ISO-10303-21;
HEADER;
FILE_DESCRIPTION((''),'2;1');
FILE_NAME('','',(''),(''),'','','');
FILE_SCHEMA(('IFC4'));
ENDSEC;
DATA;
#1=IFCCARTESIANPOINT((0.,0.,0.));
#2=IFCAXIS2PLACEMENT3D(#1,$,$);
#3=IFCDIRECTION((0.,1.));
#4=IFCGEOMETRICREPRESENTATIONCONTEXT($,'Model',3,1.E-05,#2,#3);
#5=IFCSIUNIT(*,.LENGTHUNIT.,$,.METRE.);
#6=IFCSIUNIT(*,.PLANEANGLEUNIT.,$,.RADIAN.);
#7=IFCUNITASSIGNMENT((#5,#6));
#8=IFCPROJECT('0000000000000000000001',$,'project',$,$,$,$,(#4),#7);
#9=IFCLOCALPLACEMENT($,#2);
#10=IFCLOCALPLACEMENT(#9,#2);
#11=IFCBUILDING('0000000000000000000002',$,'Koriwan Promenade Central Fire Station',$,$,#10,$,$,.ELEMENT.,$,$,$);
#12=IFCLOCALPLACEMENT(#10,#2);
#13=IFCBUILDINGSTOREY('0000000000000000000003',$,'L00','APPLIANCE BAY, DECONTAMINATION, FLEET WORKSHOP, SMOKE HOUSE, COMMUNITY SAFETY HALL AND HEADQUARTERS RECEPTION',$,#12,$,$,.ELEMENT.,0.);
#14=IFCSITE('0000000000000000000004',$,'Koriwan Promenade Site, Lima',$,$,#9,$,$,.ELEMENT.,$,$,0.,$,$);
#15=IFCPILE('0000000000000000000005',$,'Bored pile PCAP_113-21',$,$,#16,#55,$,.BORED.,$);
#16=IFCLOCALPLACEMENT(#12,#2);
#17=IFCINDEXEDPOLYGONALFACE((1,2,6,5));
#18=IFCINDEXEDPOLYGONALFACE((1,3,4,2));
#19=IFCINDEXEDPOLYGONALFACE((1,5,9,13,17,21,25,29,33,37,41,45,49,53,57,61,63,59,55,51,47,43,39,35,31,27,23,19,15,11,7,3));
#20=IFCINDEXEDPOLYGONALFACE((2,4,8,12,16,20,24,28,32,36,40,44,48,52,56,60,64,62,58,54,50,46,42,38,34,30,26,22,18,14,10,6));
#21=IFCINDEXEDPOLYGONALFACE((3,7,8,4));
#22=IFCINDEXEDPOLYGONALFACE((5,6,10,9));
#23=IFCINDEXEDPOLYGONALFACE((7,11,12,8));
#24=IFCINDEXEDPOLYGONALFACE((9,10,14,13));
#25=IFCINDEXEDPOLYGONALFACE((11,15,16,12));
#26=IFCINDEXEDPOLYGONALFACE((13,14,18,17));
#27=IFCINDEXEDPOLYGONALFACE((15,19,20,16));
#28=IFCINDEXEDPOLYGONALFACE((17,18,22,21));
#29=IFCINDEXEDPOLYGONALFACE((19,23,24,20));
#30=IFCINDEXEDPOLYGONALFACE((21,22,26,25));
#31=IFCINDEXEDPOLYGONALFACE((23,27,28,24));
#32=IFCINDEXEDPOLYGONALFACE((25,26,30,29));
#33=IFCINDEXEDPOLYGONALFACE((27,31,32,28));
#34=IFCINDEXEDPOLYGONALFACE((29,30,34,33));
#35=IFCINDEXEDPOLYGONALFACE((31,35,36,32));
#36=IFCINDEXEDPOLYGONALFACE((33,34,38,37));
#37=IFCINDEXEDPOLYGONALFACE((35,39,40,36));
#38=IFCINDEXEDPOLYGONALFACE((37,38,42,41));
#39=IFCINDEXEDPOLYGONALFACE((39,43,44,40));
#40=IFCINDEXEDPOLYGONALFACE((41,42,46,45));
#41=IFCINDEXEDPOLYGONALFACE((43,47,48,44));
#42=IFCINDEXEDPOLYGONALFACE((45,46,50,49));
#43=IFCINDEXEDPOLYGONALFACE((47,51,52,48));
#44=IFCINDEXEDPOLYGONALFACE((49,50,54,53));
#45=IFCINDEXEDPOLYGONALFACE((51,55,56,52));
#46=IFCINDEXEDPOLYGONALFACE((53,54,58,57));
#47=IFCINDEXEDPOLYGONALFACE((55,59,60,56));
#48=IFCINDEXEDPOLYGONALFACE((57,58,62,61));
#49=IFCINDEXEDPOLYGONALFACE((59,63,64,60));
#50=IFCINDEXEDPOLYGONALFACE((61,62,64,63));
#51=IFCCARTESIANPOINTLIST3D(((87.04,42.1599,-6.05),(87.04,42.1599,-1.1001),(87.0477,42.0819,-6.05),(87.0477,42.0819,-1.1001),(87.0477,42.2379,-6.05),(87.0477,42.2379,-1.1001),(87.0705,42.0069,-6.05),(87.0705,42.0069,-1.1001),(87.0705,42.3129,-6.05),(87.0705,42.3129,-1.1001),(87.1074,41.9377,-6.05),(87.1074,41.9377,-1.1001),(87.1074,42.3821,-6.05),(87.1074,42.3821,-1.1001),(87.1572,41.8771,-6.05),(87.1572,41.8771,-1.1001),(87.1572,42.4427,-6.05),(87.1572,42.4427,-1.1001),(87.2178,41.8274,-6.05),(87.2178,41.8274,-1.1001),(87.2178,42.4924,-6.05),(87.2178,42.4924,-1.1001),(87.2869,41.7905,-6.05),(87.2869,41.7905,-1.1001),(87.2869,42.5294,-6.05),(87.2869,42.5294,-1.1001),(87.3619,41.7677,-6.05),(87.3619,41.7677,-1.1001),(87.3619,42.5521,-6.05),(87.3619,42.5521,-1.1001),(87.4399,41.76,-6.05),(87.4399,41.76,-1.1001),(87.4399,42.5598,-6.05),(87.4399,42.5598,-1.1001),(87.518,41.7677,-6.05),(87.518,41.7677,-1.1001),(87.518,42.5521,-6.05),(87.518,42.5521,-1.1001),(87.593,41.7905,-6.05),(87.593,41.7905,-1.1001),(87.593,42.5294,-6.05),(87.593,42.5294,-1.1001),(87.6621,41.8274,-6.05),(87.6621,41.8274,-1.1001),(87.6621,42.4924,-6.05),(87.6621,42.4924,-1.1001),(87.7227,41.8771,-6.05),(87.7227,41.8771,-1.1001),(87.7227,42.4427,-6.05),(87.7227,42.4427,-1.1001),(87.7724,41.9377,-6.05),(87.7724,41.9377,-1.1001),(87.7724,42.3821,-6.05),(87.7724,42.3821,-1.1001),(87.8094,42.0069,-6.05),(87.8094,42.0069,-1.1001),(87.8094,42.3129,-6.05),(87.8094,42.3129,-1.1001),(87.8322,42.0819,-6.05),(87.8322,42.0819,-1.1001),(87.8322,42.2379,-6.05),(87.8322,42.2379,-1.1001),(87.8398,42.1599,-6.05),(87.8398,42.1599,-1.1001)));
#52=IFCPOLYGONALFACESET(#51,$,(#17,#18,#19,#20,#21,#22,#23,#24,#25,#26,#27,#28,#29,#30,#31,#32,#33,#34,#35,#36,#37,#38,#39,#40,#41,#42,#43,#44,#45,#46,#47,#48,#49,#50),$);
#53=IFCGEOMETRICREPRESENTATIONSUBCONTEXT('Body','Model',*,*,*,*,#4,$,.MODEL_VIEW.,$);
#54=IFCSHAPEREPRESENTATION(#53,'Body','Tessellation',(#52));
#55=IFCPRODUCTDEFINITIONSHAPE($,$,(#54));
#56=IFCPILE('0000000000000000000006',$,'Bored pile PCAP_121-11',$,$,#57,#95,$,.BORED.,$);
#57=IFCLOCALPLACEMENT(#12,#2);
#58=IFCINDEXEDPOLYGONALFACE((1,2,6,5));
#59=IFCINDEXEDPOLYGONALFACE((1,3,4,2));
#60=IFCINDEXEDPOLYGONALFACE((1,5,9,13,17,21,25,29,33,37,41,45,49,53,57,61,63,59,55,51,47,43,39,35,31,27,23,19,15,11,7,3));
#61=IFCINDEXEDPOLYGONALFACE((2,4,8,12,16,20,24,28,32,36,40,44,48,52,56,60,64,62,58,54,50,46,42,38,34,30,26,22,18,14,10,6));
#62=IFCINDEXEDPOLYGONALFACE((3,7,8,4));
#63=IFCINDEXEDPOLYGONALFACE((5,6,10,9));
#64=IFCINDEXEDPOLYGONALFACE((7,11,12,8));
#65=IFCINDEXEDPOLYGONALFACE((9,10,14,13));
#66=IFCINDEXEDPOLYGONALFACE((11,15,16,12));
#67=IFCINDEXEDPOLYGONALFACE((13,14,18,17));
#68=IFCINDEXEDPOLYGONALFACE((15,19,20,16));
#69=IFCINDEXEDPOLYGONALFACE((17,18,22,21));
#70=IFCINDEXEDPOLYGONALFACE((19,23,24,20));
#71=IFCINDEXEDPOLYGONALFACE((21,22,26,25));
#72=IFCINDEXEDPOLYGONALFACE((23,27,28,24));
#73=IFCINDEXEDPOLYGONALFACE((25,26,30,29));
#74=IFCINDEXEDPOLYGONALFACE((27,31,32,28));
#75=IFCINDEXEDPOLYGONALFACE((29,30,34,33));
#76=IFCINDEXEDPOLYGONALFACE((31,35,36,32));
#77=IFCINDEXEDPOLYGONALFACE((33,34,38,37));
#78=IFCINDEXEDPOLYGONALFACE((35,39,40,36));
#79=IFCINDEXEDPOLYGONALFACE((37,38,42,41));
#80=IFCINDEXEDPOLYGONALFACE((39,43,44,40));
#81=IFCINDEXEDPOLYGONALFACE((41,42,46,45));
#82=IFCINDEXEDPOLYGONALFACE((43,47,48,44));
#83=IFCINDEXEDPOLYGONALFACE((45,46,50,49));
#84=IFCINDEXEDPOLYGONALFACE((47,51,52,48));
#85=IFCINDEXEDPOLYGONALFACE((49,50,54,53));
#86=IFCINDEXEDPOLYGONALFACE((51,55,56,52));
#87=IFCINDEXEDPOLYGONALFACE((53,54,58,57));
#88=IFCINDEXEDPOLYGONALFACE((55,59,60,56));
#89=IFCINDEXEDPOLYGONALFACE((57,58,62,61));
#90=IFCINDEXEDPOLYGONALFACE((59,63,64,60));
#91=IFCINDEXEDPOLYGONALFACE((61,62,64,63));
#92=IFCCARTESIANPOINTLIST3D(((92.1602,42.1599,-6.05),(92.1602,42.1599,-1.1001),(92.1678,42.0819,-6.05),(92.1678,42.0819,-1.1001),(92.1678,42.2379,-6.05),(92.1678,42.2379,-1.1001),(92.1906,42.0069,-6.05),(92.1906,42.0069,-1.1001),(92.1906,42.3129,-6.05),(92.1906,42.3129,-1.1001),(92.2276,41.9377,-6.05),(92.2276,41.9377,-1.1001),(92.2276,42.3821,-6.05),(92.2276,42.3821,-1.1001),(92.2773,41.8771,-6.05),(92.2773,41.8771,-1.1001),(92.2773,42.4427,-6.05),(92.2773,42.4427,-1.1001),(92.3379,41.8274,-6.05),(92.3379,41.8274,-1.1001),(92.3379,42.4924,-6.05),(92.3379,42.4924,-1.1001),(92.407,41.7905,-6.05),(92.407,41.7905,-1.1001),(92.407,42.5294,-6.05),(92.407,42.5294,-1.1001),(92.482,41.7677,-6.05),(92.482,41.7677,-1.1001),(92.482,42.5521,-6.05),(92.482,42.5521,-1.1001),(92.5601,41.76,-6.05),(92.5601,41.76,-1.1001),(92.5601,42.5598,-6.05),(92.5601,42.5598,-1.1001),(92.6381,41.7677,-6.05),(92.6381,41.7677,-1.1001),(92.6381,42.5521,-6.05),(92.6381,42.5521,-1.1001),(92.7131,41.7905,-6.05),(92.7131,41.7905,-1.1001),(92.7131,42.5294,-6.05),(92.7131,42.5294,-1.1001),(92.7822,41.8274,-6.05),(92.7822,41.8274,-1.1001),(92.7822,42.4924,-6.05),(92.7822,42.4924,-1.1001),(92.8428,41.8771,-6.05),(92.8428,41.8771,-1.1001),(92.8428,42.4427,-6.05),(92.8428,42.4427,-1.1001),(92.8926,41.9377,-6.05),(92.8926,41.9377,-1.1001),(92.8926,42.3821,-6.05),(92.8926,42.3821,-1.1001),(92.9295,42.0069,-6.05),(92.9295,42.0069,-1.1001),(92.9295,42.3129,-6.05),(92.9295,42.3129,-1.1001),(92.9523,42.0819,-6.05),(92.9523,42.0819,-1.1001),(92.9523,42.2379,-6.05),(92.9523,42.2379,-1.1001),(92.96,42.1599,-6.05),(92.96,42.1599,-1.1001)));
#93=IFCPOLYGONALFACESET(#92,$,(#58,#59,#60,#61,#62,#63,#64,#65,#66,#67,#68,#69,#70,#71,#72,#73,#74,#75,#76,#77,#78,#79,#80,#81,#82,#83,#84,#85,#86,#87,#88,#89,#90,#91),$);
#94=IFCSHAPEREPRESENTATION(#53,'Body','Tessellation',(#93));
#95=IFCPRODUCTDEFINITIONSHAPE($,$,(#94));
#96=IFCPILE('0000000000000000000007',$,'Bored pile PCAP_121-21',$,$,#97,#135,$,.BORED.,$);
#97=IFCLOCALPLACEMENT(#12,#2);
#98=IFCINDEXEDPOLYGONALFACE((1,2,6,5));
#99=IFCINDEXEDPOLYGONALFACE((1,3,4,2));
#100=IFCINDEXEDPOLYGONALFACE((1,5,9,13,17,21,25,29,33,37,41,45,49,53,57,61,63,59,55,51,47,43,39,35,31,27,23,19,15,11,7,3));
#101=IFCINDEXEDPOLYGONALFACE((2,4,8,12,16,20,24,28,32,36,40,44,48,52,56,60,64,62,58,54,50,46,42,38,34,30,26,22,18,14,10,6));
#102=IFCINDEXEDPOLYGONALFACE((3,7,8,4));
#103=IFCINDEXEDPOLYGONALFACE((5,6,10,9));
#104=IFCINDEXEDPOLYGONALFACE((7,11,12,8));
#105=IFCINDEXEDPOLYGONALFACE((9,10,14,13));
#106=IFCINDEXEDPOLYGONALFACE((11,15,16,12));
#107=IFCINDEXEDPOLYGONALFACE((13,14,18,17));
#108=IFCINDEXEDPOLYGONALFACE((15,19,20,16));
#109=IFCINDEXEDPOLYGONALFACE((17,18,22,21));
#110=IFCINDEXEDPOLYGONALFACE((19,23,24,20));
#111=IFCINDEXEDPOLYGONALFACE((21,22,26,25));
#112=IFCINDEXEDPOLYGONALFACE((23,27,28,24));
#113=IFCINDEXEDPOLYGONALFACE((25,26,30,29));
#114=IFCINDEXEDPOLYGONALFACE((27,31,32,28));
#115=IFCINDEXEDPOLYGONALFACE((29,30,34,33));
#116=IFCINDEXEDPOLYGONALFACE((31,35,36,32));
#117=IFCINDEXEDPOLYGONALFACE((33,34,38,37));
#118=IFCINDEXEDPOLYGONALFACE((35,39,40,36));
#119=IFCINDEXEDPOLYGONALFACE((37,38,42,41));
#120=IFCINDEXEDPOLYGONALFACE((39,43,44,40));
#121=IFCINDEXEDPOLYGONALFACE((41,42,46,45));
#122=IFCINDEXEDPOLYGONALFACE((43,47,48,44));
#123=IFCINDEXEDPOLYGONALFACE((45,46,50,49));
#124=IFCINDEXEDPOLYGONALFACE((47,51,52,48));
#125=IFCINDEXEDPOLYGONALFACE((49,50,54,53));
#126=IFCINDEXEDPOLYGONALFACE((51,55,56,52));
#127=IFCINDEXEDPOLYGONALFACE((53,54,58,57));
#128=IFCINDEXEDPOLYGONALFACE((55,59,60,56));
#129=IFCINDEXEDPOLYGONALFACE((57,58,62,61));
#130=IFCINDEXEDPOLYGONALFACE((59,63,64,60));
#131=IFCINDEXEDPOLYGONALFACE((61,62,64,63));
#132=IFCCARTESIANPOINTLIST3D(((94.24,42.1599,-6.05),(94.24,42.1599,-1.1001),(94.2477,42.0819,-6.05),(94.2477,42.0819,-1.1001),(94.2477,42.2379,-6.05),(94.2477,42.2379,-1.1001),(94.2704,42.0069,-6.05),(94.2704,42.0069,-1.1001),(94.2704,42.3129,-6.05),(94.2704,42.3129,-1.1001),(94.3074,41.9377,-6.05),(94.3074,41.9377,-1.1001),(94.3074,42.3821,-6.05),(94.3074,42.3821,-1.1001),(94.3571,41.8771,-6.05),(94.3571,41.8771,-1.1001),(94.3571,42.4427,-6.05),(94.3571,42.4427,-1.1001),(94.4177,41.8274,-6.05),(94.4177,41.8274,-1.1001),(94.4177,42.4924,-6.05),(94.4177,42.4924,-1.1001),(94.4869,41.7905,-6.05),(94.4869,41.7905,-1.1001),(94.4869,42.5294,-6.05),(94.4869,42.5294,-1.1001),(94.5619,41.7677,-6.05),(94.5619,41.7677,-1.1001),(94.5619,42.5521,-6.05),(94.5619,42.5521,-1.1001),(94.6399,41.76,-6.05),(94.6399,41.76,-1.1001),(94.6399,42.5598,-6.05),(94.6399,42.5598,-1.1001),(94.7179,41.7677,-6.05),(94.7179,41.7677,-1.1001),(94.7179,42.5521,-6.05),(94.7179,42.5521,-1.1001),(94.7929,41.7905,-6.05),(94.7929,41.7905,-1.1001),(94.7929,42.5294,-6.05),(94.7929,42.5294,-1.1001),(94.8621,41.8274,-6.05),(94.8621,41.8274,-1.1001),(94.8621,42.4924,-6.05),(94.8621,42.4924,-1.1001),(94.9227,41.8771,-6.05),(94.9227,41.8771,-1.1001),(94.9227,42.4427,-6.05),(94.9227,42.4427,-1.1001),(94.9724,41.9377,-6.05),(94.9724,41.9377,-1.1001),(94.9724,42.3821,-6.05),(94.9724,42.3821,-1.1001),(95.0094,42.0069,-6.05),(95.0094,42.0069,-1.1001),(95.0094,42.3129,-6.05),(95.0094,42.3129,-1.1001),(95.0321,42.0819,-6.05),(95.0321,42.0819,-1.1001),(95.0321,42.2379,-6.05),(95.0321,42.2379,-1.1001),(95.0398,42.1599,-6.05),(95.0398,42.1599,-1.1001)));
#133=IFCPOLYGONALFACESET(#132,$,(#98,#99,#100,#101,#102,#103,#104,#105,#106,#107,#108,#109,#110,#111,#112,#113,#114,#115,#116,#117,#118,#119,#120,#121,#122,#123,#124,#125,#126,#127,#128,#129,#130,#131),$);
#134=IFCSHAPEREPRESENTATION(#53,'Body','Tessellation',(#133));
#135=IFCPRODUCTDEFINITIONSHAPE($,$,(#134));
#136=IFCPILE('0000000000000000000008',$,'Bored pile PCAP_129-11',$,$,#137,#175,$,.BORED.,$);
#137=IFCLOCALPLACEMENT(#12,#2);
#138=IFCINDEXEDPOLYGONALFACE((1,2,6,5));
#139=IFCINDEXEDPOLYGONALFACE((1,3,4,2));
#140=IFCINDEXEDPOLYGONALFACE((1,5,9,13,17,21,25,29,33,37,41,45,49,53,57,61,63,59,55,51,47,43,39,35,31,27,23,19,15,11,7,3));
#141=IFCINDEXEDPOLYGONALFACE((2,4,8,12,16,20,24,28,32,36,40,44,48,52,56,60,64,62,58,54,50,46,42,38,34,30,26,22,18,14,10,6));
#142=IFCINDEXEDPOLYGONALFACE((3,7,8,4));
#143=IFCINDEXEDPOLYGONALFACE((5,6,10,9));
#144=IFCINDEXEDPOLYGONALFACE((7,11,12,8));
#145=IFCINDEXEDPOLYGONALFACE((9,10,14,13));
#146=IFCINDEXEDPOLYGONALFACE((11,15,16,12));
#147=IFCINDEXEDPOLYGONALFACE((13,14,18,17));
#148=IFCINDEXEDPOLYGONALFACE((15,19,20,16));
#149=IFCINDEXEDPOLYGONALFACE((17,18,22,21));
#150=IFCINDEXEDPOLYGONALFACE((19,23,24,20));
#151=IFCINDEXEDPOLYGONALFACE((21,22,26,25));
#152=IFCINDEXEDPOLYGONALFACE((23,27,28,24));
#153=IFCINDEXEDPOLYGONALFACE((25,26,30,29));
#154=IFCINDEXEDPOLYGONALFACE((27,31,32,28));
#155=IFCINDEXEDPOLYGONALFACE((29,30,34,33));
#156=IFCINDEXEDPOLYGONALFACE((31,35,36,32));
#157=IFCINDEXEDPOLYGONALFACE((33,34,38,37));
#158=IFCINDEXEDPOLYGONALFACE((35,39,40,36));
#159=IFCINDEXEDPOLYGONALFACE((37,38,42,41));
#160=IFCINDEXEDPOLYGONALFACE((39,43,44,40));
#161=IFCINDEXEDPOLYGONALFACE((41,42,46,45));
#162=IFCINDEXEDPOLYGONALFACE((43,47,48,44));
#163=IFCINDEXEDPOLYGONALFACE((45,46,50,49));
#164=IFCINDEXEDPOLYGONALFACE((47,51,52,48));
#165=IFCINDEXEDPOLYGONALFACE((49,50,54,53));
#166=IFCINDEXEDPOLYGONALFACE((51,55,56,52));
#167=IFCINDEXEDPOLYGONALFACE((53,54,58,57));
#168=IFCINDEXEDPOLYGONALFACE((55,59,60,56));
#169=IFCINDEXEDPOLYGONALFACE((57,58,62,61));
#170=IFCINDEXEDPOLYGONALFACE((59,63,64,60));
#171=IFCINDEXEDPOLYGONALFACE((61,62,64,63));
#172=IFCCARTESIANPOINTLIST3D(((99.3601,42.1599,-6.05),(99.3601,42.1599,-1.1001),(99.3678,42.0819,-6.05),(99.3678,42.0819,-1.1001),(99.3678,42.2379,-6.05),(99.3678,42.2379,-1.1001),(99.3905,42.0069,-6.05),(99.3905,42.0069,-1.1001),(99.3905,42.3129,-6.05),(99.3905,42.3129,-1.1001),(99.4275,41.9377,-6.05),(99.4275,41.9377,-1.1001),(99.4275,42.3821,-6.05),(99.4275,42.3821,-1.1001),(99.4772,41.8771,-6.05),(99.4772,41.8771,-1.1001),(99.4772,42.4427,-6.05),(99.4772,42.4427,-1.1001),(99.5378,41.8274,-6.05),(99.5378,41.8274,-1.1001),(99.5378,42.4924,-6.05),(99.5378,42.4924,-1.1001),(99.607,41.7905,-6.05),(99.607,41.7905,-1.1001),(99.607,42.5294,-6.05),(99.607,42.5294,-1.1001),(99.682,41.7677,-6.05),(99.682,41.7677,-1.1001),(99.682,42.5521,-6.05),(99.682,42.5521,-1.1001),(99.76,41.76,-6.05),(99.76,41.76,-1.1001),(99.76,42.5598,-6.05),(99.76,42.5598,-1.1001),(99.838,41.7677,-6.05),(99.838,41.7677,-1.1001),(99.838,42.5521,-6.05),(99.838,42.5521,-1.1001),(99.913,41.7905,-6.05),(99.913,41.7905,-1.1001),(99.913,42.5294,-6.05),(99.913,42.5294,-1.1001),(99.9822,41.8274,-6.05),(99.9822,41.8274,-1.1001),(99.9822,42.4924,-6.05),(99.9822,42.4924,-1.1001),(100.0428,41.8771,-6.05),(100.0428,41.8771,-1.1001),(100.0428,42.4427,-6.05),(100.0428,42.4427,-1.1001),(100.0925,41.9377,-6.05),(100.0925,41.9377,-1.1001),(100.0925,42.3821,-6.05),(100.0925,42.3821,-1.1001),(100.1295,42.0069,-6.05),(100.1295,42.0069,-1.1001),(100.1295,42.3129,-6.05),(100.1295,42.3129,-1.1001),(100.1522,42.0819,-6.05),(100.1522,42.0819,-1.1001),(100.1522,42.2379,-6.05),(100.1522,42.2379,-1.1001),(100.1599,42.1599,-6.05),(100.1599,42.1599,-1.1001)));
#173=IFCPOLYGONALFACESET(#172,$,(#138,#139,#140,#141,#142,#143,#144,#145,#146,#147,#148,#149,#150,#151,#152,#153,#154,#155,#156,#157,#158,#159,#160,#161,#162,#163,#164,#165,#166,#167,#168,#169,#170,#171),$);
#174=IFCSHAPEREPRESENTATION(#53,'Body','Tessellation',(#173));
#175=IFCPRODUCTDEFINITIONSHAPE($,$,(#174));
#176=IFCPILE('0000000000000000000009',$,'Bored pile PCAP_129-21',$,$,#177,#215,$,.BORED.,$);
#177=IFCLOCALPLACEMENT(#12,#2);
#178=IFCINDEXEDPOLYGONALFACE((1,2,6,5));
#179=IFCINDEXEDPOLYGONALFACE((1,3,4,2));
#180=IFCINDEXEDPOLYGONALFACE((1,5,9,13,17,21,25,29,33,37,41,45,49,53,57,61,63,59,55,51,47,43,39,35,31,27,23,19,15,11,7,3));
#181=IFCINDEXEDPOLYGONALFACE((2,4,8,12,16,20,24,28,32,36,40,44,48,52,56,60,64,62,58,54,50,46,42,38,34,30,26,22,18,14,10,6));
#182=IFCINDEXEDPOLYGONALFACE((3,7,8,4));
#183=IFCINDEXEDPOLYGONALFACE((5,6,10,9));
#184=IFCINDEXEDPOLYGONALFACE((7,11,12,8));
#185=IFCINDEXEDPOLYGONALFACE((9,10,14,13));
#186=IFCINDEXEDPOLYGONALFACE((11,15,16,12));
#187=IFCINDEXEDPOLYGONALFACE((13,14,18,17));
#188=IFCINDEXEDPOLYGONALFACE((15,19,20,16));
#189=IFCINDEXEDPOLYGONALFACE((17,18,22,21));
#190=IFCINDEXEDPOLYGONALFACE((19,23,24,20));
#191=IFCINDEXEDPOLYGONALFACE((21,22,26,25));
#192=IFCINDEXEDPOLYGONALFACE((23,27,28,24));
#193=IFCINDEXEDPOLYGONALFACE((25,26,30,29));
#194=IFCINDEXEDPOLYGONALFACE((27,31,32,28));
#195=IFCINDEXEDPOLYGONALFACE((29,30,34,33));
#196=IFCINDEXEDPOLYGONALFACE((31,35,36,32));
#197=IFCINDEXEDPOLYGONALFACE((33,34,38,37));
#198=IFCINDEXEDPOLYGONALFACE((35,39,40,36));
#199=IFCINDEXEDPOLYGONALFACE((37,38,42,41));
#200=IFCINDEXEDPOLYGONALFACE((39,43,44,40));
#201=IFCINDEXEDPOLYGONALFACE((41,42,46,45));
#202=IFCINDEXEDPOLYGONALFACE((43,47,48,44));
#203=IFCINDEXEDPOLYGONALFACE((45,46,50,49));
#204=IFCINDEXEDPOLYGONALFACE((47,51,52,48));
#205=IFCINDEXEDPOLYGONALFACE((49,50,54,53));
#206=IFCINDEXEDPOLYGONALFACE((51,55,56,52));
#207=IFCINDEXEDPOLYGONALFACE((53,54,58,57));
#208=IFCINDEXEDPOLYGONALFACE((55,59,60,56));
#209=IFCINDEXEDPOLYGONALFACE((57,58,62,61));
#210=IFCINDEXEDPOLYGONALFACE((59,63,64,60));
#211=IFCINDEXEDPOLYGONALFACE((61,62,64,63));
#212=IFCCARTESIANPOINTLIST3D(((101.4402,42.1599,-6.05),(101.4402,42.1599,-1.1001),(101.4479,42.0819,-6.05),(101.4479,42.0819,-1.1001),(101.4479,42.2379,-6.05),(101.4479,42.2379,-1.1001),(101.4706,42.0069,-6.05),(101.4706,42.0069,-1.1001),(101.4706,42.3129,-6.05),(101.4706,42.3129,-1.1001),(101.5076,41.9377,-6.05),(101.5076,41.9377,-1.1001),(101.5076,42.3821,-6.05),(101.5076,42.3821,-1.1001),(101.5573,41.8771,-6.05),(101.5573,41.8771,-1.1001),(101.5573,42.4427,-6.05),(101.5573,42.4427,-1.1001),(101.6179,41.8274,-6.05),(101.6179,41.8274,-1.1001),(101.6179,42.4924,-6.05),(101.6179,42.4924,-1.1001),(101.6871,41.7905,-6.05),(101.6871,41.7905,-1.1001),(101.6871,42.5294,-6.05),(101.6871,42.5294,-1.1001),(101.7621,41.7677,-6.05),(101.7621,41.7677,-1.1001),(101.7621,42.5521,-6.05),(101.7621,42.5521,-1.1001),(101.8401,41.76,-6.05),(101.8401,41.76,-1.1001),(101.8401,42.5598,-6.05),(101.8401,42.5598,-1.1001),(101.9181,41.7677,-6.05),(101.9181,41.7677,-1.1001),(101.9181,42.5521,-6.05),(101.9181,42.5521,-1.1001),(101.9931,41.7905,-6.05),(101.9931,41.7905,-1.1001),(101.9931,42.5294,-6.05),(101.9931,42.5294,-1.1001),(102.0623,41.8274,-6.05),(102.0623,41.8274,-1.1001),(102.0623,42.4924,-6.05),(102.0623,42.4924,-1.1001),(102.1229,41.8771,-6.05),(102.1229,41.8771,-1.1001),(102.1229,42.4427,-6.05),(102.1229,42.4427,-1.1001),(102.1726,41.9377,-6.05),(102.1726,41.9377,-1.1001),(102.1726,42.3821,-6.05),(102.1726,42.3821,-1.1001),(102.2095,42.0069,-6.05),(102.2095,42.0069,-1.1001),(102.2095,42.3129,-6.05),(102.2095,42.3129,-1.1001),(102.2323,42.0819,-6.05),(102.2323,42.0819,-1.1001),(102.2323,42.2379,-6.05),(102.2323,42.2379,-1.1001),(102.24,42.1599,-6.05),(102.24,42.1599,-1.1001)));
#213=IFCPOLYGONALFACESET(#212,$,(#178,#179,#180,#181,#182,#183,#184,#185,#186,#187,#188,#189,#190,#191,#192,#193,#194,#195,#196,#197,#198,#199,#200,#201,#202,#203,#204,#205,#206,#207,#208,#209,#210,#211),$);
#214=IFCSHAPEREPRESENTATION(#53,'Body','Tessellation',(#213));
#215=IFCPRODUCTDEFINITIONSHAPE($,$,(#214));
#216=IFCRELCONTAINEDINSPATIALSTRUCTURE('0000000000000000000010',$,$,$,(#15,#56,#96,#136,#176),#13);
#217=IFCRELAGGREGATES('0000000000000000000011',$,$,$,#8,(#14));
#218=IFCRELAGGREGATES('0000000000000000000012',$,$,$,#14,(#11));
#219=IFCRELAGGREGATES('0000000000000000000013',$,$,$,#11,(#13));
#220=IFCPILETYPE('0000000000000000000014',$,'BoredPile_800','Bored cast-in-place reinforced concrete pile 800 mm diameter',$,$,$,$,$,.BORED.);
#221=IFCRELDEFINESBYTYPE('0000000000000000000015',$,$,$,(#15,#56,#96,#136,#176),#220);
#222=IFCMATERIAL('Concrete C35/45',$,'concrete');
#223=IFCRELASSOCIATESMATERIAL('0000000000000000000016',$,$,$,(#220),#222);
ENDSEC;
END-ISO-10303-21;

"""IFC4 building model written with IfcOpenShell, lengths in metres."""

from ifc_helpers import new_model, si_unit, direction, frame, origin, origin_2d, place, context, subcontext, project, spatial, circle, extrude, material, material_profile, profile_set, type_object, element, save


model = new_model("IFC4")

# Units and contexts
model_context = context("Model", 3, precision=1e-05, world=origin(), true_north=direction((0.0, 1.0)))
body_context = subcontext(model_context, "Body", "Model", "MODEL_VIEW")
ifc_project = project(units=[si_unit("LENGTHUNIT", "METRE"), si_unit("PLANEANGLEUNIT", "RADIAN")], contexts=[model_context])

# Site, building, storey
site_placement = place(None, origin())
site = spatial("IfcSite", under=ifc_project, at=site_placement, Name="Koriwan Promenade Site, Lima", CompositionType="ELEMENT", RefElevation=0.0)
building_placement = place(site_placement, origin())
building = spatial("IfcBuilding", under=site, at=building_placement, Name="Koriwan Promenade Central Fire Station", CompositionType="ELEMENT")
storey_placement = place(building_placement, origin())
storey = spatial("IfcBuildingStorey", under=building, at=storey_placement, Name="L00", Description="APPLIANCE BAY, DECONTAMINATION, FLEET WORKSHOP, SMOKE HOUSE, COMMUNITY SAFETY HALL AND HEADQUARTERS RECEPTION", CompositionType="ELEMENT", Elevation=0.0)

# Piles
ifc_material_1 = material(Name="Concrete C35/45", Category="concrete")
ifc_material_profile_1 = material_profile(ifc_material_1, circle(Radius=0.3999, at=origin_2d()), Name="PILE-D800")
ifc_profile_set_1 = profile_set([ifc_material_profile_1], Name="Concrete C35/45")
pile_type_1 = type_object("IfcPileType", Name="BoredPile_800", Description="Bored cast-in-place reinforced concrete pile 800 mm diameter", PredefinedType="BORED", material=ifc_profile_set_1)
for number, where, z_axis, x_axis, name in (
    (1, (87.4399, 42.1599, -1.1001), (0.0, 0.0, -1.0), (1.0, 0.0, 0.0), "Bored pile PCAP_113-21"),
    (2, (92.5601, 42.1599, -1.1001), (0.0, 0.0, -1.0), (1.0, 0.0, 0.0), "Bored pile PCAP_121-11"),
    (3, (94.6399, 42.1599, -1.1001), (0.0, 0.0, -1.0), (1.0, 0.0, 0.0), "Bored pile PCAP_121-21"),
    (4, (99.76, 42.1599, -1.1001), (0.0, 0.0, -1.0), (1.0, 0.0, 0.0), "Bored pile PCAP_129-11"),
    (5, (101.8401, 42.1599, -1.1001), (0.0, 0.0, -1.0), (1.0, 0.0, 0.0), "Bored pile PCAP_129-21"),
):
    element("IfcPile", number, at=place(storey_placement, frame(where, z_axis=z_axis, x_axis=x_axis)), inside=storey, type_object=pile_type_1, Name=name, PredefinedType="BORED", context=body_context, shape_type="SweptSolid", body=[
        extrude(circle(Radius=0.3999, at=origin_2d()), origin(), (0.0, 0.0, 1.0), 4.95),
    ])

save(model, "model.ifc")
